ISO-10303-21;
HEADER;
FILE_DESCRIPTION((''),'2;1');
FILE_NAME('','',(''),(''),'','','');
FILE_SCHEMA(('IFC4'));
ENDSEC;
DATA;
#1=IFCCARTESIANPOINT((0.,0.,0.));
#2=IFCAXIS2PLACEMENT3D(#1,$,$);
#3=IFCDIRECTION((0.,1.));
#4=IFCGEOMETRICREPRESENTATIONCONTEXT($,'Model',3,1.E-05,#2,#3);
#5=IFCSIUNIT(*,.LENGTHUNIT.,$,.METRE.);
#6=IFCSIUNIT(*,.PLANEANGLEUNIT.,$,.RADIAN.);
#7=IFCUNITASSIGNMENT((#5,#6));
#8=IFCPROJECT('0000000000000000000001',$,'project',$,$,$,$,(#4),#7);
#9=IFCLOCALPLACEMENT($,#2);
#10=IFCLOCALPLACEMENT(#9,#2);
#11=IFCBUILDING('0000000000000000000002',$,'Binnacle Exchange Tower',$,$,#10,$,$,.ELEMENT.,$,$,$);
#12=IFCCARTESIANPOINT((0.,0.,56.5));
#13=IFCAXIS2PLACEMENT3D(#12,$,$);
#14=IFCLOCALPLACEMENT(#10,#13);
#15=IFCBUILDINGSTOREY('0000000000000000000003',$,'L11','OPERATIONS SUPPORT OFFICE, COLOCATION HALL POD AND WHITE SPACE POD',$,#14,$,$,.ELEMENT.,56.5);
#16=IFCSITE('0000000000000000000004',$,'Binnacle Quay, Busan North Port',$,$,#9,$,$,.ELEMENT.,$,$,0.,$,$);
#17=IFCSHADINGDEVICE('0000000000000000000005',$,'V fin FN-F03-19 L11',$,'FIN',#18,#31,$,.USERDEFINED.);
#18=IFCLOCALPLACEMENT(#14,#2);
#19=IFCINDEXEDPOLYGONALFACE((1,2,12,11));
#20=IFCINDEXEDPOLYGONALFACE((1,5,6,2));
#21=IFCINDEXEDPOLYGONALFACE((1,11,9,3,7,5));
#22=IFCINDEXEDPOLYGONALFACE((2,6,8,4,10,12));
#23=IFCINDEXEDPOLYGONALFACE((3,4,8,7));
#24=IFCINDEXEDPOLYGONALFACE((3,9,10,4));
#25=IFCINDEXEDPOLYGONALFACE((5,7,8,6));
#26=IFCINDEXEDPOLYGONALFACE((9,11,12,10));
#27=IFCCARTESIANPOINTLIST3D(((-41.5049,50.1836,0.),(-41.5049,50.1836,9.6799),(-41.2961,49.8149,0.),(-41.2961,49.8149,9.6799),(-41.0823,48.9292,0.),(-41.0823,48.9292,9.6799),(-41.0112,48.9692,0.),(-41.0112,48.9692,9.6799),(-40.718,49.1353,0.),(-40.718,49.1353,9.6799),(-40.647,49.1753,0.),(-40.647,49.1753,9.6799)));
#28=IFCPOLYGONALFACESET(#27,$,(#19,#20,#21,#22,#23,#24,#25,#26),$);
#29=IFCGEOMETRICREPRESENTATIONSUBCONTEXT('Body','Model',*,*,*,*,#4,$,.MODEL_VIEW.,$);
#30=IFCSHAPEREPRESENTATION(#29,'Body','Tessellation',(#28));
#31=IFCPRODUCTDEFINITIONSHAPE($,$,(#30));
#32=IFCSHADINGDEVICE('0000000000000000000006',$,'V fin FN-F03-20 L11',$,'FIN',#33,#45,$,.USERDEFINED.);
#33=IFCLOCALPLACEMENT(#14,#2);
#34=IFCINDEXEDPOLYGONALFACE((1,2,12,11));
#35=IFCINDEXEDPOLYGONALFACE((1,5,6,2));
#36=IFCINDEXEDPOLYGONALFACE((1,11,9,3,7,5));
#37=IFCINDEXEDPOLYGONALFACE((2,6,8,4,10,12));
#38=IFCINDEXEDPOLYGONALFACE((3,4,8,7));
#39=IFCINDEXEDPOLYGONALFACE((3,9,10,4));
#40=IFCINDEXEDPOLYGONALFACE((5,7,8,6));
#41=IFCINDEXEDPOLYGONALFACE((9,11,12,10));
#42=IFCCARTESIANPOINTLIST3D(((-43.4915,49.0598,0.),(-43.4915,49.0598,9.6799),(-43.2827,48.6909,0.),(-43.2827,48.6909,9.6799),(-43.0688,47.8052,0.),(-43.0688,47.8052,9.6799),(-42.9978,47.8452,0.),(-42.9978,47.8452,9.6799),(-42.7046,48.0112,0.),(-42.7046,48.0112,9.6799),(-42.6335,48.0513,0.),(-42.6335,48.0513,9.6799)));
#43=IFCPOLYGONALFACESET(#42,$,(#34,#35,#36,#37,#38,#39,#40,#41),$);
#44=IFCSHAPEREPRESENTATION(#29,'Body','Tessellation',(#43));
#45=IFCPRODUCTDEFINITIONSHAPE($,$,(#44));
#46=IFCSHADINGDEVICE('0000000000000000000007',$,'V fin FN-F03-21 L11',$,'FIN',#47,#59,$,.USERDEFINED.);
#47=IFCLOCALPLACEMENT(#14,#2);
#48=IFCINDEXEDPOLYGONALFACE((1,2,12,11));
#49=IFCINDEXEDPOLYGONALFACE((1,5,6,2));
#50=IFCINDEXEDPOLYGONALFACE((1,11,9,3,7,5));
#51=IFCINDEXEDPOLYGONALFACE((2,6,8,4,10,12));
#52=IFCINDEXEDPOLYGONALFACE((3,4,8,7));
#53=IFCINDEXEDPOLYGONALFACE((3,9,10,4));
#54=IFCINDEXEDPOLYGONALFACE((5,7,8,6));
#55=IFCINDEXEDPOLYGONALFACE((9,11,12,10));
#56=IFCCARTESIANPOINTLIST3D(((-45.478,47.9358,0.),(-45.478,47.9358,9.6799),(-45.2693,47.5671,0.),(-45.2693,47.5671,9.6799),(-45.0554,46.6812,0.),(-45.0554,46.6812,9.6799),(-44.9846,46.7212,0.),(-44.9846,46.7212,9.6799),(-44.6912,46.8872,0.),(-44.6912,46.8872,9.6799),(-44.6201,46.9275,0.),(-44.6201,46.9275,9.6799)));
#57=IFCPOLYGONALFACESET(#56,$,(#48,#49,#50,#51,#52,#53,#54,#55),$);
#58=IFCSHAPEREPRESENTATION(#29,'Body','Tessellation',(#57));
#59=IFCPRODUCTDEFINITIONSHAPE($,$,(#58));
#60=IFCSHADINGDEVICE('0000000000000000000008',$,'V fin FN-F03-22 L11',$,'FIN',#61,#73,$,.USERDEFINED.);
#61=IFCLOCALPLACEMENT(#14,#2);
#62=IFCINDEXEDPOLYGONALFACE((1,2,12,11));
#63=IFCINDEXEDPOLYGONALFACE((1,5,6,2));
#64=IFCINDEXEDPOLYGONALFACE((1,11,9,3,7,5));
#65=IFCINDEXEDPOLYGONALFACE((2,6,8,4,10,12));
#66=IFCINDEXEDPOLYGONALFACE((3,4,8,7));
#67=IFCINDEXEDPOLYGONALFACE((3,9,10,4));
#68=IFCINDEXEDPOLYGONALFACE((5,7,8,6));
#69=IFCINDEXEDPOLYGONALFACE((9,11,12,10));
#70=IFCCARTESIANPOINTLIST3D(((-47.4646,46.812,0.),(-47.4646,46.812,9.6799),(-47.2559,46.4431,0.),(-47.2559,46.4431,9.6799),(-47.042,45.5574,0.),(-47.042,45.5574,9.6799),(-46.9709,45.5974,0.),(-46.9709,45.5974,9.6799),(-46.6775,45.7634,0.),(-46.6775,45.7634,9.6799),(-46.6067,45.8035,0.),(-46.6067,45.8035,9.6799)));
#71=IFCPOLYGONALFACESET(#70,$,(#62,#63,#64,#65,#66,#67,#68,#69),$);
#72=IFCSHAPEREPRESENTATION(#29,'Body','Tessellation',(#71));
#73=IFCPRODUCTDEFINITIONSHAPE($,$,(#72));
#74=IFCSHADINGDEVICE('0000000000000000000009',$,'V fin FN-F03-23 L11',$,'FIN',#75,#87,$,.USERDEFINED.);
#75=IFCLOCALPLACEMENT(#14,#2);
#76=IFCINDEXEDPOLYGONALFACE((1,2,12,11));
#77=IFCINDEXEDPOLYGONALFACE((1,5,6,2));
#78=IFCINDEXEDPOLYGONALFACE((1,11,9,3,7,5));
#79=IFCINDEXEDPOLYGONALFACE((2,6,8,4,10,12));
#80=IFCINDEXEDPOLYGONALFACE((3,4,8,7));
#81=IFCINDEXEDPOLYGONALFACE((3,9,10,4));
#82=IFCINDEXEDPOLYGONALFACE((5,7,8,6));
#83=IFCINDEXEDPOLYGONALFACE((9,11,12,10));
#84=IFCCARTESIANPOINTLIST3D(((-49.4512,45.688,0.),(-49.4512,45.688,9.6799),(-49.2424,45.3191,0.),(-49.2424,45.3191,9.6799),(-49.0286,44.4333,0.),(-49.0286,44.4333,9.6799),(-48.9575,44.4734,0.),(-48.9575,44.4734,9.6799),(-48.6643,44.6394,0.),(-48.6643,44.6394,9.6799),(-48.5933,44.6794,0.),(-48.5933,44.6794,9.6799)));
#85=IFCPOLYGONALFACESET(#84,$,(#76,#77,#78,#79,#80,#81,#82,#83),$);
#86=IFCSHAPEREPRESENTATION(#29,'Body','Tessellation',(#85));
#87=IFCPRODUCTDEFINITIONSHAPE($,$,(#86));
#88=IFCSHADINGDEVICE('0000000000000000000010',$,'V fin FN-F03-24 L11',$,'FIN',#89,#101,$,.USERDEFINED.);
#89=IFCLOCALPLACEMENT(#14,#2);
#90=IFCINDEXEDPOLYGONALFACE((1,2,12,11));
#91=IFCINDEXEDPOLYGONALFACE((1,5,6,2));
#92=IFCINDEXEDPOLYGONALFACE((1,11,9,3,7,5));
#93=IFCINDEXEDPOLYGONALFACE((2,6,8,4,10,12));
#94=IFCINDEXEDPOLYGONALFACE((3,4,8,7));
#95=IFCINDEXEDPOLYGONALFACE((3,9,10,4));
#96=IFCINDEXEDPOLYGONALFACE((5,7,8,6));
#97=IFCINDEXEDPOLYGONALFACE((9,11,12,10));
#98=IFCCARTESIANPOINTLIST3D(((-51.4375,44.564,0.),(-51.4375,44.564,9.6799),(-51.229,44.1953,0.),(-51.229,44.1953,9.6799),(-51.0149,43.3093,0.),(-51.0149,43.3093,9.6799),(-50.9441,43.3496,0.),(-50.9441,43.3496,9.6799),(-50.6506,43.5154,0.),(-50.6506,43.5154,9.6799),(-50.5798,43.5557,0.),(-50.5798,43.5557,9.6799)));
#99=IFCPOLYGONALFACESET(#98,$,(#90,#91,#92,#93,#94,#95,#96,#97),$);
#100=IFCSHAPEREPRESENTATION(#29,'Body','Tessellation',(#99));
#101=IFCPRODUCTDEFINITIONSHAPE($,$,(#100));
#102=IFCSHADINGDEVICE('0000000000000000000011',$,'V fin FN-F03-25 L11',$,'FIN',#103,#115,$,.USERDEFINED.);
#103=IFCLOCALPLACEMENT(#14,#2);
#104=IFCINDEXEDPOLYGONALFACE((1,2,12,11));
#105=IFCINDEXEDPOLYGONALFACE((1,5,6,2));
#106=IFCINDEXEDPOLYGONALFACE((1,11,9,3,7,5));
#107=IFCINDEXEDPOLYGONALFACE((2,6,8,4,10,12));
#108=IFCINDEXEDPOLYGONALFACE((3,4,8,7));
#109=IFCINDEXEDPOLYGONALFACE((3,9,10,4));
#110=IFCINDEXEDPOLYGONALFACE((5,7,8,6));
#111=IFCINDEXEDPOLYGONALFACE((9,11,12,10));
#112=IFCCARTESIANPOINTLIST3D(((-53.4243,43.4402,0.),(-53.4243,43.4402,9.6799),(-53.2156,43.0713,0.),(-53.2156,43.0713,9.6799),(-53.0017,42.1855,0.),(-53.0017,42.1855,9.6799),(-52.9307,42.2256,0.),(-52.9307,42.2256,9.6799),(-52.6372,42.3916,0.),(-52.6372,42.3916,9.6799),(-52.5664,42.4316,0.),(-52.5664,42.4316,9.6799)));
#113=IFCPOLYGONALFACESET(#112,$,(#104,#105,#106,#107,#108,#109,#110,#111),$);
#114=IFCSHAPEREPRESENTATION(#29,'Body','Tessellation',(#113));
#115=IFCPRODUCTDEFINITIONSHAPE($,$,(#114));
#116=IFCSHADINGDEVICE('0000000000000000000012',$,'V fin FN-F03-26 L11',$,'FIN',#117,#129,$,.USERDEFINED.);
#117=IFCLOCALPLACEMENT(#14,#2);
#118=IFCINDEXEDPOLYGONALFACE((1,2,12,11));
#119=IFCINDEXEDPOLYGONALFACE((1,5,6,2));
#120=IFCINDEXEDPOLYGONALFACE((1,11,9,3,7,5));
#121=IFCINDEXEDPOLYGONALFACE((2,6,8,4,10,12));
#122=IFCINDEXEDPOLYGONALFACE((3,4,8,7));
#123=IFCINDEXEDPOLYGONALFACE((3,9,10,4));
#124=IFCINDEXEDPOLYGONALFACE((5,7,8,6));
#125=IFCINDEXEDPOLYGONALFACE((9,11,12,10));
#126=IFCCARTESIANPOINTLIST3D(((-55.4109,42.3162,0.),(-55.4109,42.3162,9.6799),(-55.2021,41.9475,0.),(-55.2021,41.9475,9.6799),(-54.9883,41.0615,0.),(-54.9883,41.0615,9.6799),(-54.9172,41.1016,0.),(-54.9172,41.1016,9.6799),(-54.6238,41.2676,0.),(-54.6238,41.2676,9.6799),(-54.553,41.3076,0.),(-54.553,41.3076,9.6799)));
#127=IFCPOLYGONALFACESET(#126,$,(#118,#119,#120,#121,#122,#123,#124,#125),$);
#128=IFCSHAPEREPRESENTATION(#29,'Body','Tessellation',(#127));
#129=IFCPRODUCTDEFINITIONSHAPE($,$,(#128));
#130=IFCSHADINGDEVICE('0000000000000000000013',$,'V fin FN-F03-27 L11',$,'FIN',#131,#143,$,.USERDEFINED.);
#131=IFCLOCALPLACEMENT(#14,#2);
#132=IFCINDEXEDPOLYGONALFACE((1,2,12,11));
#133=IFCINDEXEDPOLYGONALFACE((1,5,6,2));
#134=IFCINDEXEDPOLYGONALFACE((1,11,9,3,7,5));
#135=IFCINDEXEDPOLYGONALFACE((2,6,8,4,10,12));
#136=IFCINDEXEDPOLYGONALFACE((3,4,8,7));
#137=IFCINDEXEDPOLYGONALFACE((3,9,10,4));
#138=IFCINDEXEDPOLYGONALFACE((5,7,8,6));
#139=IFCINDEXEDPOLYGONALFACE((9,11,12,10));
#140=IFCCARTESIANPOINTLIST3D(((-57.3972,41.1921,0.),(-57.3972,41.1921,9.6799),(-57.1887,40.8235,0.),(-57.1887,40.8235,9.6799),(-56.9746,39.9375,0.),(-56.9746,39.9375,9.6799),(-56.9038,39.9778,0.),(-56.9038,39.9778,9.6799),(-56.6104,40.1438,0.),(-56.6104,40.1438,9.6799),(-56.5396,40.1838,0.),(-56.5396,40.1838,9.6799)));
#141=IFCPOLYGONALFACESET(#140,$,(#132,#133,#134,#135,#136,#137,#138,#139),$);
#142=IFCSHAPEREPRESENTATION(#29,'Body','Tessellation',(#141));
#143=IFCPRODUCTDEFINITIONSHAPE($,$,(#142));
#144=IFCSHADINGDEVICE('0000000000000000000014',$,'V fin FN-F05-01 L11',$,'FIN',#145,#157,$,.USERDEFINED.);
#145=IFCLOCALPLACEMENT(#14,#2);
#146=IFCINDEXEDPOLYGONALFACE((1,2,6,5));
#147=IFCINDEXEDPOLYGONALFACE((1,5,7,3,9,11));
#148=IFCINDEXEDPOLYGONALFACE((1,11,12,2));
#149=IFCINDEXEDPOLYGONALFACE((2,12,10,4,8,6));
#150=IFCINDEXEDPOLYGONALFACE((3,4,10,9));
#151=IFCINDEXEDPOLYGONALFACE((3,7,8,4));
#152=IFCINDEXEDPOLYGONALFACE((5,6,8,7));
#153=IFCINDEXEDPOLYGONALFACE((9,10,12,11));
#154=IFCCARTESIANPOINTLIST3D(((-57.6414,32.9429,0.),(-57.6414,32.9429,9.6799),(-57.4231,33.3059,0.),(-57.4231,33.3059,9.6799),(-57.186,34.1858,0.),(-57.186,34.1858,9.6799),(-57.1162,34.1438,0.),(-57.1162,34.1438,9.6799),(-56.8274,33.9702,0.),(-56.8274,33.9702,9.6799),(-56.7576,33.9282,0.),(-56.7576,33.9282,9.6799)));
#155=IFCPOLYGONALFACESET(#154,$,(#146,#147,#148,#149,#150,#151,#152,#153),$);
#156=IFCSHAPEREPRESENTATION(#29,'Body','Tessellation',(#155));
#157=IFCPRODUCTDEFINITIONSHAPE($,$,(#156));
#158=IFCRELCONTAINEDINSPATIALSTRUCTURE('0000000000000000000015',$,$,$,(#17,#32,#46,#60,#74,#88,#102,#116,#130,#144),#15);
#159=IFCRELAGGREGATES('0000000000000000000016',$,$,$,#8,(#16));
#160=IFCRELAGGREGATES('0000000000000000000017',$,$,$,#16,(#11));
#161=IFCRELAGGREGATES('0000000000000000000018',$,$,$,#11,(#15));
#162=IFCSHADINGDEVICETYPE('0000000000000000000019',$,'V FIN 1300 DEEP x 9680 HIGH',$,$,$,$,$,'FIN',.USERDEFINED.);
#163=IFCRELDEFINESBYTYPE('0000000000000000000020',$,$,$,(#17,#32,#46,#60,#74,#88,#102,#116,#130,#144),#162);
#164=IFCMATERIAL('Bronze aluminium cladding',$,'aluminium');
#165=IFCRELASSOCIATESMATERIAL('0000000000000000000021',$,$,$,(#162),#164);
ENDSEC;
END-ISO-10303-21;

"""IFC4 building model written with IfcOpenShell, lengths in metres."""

from ifc_helpers import new_model, si_unit, direction, frame, origin, place, context, subcontext, project, spatial, polyline, outline, extrude, material, type_object, element, save


model = new_model("IFC4")

# Units and contexts
model_context = context("Model", 3, precision=1e-05, world=origin(), true_north=direction((0.0, 1.0)))
body_context = subcontext(model_context, "Body", "Model", "MODEL_VIEW")
ifc_project = project(units=[si_unit("LENGTHUNIT", "METRE"), si_unit("PLANEANGLEUNIT", "RADIAN")], contexts=[model_context])

# Site, building, storey
site_placement = place(None, origin())
site = spatial("IfcSite", under=ifc_project, at=site_placement, Name="Binnacle Quay, Busan North Port", CompositionType="ELEMENT", RefElevation=0.0)
building_placement = place(site_placement, origin())
building = spatial("IfcBuilding", under=site, at=building_placement, Name="Binnacle Exchange Tower", CompositionType="ELEMENT")
storey_placement = place(building_placement, frame((0.0, 0.0, 56.5)))
storey = spatial("IfcBuildingStorey", under=building, at=storey_placement, Name="L11", Description="OPERATIONS SUPPORT OFFICE, COLOCATION HALL POD AND WHITE SPACE POD", CompositionType="ELEMENT", Elevation=56.5)

# Shading devices
ifc_material = material(Name="Bronze aluminium cladding", Category="aluminium")
shading_device_type = type_object("IfcShadingDeviceType", Name="V FIN 1300 DEEP x 9680 HIGH", ElementType="FIN", PredefinedType="USERDEFINED", material=ifc_material)
shading_device_1_placement = place(storey_placement, origin())
element("IfcShadingDevice", 1, at=shading_device_1_placement, inside=storey, type_object=shading_device_type, Name="V fin FN-F03-19 L11", ObjectType="FIN", PredefinedType="USERDEFINED", context=body_context, shape_type="SweptSolid", body=[
    extrude(outline(polyline([(-40.647, 49.1753), (-41.5049, 50.1836), (-41.0823, 48.9292), (-41.0112, 48.9692), (-41.2961, 49.8149), (-40.718, 49.1353), (-40.647, 49.1753)])), origin(), (0.0, 0.0, 1.0), 9.6799),
])
shading_device_2_placement = place(storey_placement, origin())
element("IfcShadingDevice", 2, at=shading_device_2_placement, inside=storey, type_object=shading_device_type, Name="V fin FN-F03-20 L11", ObjectType="FIN", PredefinedType="USERDEFINED", context=body_context, shape_type="SweptSolid", body=[
    extrude(outline(polyline([(-42.6335, 48.0513), (-43.4915, 49.0598), (-43.0688, 47.8052), (-42.9978, 47.8452), (-43.2827, 48.6909), (-42.7046, 48.0112), (-42.6335, 48.0513)])), origin(), (0.0, 0.0, 1.0), 9.6799),
])
shading_device_3_placement = place(storey_placement, origin())
element("IfcShadingDevice", 3, at=shading_device_3_placement, inside=storey, type_object=shading_device_type, Name="V fin FN-F03-21 L11", ObjectType="FIN", PredefinedType="USERDEFINED", context=body_context, shape_type="SweptSolid", body=[
    extrude(outline(polyline([(-44.6201, 46.9275), (-45.478, 47.9358), (-45.0554, 46.6812), (-44.9846, 46.7212), (-45.2693, 47.5671), (-44.6912, 46.8872), (-44.6201, 46.9275)])), origin(), (0.0, 0.0, 1.0), 9.6799),
])
shading_device_4_placement = place(storey_placement, origin())
element("IfcShadingDevice", 4, at=shading_device_4_placement, inside=storey, type_object=shading_device_type, Name="V fin FN-F03-22 L11", ObjectType="FIN", PredefinedType="USERDEFINED", context=body_context, shape_type="SweptSolid", body=[
    extrude(outline(polyline([(-46.6067, 45.8035), (-47.4646, 46.812), (-47.042, 45.5574), (-46.9709, 45.5974), (-47.2559, 46.4431), (-46.6775, 45.7634), (-46.6067, 45.8035)])), origin(), (0.0, 0.0, 1.0), 9.6799),
])
shading_device_5_placement = place(storey_placement, origin())
element("IfcShadingDevice", 5, at=shading_device_5_placement, inside=storey, type_object=shading_device_type, Name="V fin FN-F03-23 L11", ObjectType="FIN", PredefinedType="USERDEFINED", context=body_context, shape_type="SweptSolid", body=[
    extrude(outline(polyline([(-48.5933, 44.6794), (-49.4512, 45.688), (-49.0286, 44.4333), (-48.9575, 44.4734), (-49.2424, 45.3191), (-48.6643, 44.6394), (-48.5933, 44.6794)])), origin(), (0.0, 0.0, 1.0), 9.6799),
])
shading_device_6_placement = place(storey_placement, origin())
element("IfcShadingDevice", 6, at=shading_device_6_placement, inside=storey, type_object=shading_device_type, Name="V fin FN-F03-24 L11", ObjectType="FIN", PredefinedType="USERDEFINED", context=body_context, shape_type="SweptSolid", body=[
    extrude(outline(polyline([(-50.5798, 43.5557), (-51.4375, 44.564), (-51.0149, 43.3093), (-50.9441, 43.3496), (-51.229, 44.1953), (-50.6506, 43.5154), (-50.5798, 43.5557)])), origin(), (0.0, 0.0, 1.0), 9.6799),
])
shading_device_7_placement = place(storey_placement, origin())
element("IfcShadingDevice", 7, at=shading_device_7_placement, inside=storey, type_object=shading_device_type, Name="V fin FN-F03-25 L11", ObjectType="FIN", PredefinedType="USERDEFINED", context=body_context, shape_type="SweptSolid", body=[
    extrude(outline(polyline([(-52.5664, 42.4316), (-53.4243, 43.4402), (-53.0017, 42.1855), (-52.9307, 42.2256), (-53.2156, 43.0713), (-52.6372, 42.3916), (-52.5664, 42.4316)])), origin(), (0.0, 0.0, 1.0), 9.6799),
])
shading_device_8_placement = place(storey_placement, origin())
element("IfcShadingDevice", 8, at=shading_device_8_placement, inside=storey, type_object=shading_device_type, Name="V fin FN-F03-26 L11", ObjectType="FIN", PredefinedType="USERDEFINED", context=body_context, shape_type="SweptSolid", body=[
    extrude(outline(polyline([(-54.553, 41.3076), (-55.4109, 42.3162), (-54.9883, 41.0615), (-54.9172, 41.1016), (-55.2021, 41.9475), (-54.6238, 41.2676), (-54.553, 41.3076)])), origin(), (0.0, 0.0, 1.0), 9.6799),
])
shading_device_9_placement = place(storey_placement, origin())
element("IfcShadingDevice", 9, at=shading_device_9_placement, inside=storey, type_object=shading_device_type, Name="V fin FN-F03-27 L11", ObjectType="FIN", PredefinedType="USERDEFINED", context=body_context, shape_type="SweptSolid", body=[
    extrude(outline(polyline([(-56.5396, 40.1838), (-57.3972, 41.1921), (-56.9746, 39.9375), (-56.9038, 39.9778), (-57.1887, 40.8235), (-56.6104, 40.1438), (-56.5396, 40.1838)])), origin(), (0.0, 0.0, 1.0), 9.6799),
])
shading_device_10_placement = place(storey_placement, origin())
element("IfcShadingDevice", 10, at=shading_device_10_placement, inside=storey, type_object=shading_device_type, Name="V fin FN-F05-01 L11", ObjectType="FIN", PredefinedType="USERDEFINED", context=body_context, shape_type="SweptSolid", body=[
    extrude(outline(polyline([(-57.186, 34.1858), (-57.6414, 32.9429), (-56.7576, 33.9282), (-56.8274, 33.9702), (-57.4231, 33.3059), (-57.1162, 34.1438), (-57.186, 34.1858)])), origin(), (0.0, 0.0, 1.0), 9.6799),
])

save(model, "model.ifc")
